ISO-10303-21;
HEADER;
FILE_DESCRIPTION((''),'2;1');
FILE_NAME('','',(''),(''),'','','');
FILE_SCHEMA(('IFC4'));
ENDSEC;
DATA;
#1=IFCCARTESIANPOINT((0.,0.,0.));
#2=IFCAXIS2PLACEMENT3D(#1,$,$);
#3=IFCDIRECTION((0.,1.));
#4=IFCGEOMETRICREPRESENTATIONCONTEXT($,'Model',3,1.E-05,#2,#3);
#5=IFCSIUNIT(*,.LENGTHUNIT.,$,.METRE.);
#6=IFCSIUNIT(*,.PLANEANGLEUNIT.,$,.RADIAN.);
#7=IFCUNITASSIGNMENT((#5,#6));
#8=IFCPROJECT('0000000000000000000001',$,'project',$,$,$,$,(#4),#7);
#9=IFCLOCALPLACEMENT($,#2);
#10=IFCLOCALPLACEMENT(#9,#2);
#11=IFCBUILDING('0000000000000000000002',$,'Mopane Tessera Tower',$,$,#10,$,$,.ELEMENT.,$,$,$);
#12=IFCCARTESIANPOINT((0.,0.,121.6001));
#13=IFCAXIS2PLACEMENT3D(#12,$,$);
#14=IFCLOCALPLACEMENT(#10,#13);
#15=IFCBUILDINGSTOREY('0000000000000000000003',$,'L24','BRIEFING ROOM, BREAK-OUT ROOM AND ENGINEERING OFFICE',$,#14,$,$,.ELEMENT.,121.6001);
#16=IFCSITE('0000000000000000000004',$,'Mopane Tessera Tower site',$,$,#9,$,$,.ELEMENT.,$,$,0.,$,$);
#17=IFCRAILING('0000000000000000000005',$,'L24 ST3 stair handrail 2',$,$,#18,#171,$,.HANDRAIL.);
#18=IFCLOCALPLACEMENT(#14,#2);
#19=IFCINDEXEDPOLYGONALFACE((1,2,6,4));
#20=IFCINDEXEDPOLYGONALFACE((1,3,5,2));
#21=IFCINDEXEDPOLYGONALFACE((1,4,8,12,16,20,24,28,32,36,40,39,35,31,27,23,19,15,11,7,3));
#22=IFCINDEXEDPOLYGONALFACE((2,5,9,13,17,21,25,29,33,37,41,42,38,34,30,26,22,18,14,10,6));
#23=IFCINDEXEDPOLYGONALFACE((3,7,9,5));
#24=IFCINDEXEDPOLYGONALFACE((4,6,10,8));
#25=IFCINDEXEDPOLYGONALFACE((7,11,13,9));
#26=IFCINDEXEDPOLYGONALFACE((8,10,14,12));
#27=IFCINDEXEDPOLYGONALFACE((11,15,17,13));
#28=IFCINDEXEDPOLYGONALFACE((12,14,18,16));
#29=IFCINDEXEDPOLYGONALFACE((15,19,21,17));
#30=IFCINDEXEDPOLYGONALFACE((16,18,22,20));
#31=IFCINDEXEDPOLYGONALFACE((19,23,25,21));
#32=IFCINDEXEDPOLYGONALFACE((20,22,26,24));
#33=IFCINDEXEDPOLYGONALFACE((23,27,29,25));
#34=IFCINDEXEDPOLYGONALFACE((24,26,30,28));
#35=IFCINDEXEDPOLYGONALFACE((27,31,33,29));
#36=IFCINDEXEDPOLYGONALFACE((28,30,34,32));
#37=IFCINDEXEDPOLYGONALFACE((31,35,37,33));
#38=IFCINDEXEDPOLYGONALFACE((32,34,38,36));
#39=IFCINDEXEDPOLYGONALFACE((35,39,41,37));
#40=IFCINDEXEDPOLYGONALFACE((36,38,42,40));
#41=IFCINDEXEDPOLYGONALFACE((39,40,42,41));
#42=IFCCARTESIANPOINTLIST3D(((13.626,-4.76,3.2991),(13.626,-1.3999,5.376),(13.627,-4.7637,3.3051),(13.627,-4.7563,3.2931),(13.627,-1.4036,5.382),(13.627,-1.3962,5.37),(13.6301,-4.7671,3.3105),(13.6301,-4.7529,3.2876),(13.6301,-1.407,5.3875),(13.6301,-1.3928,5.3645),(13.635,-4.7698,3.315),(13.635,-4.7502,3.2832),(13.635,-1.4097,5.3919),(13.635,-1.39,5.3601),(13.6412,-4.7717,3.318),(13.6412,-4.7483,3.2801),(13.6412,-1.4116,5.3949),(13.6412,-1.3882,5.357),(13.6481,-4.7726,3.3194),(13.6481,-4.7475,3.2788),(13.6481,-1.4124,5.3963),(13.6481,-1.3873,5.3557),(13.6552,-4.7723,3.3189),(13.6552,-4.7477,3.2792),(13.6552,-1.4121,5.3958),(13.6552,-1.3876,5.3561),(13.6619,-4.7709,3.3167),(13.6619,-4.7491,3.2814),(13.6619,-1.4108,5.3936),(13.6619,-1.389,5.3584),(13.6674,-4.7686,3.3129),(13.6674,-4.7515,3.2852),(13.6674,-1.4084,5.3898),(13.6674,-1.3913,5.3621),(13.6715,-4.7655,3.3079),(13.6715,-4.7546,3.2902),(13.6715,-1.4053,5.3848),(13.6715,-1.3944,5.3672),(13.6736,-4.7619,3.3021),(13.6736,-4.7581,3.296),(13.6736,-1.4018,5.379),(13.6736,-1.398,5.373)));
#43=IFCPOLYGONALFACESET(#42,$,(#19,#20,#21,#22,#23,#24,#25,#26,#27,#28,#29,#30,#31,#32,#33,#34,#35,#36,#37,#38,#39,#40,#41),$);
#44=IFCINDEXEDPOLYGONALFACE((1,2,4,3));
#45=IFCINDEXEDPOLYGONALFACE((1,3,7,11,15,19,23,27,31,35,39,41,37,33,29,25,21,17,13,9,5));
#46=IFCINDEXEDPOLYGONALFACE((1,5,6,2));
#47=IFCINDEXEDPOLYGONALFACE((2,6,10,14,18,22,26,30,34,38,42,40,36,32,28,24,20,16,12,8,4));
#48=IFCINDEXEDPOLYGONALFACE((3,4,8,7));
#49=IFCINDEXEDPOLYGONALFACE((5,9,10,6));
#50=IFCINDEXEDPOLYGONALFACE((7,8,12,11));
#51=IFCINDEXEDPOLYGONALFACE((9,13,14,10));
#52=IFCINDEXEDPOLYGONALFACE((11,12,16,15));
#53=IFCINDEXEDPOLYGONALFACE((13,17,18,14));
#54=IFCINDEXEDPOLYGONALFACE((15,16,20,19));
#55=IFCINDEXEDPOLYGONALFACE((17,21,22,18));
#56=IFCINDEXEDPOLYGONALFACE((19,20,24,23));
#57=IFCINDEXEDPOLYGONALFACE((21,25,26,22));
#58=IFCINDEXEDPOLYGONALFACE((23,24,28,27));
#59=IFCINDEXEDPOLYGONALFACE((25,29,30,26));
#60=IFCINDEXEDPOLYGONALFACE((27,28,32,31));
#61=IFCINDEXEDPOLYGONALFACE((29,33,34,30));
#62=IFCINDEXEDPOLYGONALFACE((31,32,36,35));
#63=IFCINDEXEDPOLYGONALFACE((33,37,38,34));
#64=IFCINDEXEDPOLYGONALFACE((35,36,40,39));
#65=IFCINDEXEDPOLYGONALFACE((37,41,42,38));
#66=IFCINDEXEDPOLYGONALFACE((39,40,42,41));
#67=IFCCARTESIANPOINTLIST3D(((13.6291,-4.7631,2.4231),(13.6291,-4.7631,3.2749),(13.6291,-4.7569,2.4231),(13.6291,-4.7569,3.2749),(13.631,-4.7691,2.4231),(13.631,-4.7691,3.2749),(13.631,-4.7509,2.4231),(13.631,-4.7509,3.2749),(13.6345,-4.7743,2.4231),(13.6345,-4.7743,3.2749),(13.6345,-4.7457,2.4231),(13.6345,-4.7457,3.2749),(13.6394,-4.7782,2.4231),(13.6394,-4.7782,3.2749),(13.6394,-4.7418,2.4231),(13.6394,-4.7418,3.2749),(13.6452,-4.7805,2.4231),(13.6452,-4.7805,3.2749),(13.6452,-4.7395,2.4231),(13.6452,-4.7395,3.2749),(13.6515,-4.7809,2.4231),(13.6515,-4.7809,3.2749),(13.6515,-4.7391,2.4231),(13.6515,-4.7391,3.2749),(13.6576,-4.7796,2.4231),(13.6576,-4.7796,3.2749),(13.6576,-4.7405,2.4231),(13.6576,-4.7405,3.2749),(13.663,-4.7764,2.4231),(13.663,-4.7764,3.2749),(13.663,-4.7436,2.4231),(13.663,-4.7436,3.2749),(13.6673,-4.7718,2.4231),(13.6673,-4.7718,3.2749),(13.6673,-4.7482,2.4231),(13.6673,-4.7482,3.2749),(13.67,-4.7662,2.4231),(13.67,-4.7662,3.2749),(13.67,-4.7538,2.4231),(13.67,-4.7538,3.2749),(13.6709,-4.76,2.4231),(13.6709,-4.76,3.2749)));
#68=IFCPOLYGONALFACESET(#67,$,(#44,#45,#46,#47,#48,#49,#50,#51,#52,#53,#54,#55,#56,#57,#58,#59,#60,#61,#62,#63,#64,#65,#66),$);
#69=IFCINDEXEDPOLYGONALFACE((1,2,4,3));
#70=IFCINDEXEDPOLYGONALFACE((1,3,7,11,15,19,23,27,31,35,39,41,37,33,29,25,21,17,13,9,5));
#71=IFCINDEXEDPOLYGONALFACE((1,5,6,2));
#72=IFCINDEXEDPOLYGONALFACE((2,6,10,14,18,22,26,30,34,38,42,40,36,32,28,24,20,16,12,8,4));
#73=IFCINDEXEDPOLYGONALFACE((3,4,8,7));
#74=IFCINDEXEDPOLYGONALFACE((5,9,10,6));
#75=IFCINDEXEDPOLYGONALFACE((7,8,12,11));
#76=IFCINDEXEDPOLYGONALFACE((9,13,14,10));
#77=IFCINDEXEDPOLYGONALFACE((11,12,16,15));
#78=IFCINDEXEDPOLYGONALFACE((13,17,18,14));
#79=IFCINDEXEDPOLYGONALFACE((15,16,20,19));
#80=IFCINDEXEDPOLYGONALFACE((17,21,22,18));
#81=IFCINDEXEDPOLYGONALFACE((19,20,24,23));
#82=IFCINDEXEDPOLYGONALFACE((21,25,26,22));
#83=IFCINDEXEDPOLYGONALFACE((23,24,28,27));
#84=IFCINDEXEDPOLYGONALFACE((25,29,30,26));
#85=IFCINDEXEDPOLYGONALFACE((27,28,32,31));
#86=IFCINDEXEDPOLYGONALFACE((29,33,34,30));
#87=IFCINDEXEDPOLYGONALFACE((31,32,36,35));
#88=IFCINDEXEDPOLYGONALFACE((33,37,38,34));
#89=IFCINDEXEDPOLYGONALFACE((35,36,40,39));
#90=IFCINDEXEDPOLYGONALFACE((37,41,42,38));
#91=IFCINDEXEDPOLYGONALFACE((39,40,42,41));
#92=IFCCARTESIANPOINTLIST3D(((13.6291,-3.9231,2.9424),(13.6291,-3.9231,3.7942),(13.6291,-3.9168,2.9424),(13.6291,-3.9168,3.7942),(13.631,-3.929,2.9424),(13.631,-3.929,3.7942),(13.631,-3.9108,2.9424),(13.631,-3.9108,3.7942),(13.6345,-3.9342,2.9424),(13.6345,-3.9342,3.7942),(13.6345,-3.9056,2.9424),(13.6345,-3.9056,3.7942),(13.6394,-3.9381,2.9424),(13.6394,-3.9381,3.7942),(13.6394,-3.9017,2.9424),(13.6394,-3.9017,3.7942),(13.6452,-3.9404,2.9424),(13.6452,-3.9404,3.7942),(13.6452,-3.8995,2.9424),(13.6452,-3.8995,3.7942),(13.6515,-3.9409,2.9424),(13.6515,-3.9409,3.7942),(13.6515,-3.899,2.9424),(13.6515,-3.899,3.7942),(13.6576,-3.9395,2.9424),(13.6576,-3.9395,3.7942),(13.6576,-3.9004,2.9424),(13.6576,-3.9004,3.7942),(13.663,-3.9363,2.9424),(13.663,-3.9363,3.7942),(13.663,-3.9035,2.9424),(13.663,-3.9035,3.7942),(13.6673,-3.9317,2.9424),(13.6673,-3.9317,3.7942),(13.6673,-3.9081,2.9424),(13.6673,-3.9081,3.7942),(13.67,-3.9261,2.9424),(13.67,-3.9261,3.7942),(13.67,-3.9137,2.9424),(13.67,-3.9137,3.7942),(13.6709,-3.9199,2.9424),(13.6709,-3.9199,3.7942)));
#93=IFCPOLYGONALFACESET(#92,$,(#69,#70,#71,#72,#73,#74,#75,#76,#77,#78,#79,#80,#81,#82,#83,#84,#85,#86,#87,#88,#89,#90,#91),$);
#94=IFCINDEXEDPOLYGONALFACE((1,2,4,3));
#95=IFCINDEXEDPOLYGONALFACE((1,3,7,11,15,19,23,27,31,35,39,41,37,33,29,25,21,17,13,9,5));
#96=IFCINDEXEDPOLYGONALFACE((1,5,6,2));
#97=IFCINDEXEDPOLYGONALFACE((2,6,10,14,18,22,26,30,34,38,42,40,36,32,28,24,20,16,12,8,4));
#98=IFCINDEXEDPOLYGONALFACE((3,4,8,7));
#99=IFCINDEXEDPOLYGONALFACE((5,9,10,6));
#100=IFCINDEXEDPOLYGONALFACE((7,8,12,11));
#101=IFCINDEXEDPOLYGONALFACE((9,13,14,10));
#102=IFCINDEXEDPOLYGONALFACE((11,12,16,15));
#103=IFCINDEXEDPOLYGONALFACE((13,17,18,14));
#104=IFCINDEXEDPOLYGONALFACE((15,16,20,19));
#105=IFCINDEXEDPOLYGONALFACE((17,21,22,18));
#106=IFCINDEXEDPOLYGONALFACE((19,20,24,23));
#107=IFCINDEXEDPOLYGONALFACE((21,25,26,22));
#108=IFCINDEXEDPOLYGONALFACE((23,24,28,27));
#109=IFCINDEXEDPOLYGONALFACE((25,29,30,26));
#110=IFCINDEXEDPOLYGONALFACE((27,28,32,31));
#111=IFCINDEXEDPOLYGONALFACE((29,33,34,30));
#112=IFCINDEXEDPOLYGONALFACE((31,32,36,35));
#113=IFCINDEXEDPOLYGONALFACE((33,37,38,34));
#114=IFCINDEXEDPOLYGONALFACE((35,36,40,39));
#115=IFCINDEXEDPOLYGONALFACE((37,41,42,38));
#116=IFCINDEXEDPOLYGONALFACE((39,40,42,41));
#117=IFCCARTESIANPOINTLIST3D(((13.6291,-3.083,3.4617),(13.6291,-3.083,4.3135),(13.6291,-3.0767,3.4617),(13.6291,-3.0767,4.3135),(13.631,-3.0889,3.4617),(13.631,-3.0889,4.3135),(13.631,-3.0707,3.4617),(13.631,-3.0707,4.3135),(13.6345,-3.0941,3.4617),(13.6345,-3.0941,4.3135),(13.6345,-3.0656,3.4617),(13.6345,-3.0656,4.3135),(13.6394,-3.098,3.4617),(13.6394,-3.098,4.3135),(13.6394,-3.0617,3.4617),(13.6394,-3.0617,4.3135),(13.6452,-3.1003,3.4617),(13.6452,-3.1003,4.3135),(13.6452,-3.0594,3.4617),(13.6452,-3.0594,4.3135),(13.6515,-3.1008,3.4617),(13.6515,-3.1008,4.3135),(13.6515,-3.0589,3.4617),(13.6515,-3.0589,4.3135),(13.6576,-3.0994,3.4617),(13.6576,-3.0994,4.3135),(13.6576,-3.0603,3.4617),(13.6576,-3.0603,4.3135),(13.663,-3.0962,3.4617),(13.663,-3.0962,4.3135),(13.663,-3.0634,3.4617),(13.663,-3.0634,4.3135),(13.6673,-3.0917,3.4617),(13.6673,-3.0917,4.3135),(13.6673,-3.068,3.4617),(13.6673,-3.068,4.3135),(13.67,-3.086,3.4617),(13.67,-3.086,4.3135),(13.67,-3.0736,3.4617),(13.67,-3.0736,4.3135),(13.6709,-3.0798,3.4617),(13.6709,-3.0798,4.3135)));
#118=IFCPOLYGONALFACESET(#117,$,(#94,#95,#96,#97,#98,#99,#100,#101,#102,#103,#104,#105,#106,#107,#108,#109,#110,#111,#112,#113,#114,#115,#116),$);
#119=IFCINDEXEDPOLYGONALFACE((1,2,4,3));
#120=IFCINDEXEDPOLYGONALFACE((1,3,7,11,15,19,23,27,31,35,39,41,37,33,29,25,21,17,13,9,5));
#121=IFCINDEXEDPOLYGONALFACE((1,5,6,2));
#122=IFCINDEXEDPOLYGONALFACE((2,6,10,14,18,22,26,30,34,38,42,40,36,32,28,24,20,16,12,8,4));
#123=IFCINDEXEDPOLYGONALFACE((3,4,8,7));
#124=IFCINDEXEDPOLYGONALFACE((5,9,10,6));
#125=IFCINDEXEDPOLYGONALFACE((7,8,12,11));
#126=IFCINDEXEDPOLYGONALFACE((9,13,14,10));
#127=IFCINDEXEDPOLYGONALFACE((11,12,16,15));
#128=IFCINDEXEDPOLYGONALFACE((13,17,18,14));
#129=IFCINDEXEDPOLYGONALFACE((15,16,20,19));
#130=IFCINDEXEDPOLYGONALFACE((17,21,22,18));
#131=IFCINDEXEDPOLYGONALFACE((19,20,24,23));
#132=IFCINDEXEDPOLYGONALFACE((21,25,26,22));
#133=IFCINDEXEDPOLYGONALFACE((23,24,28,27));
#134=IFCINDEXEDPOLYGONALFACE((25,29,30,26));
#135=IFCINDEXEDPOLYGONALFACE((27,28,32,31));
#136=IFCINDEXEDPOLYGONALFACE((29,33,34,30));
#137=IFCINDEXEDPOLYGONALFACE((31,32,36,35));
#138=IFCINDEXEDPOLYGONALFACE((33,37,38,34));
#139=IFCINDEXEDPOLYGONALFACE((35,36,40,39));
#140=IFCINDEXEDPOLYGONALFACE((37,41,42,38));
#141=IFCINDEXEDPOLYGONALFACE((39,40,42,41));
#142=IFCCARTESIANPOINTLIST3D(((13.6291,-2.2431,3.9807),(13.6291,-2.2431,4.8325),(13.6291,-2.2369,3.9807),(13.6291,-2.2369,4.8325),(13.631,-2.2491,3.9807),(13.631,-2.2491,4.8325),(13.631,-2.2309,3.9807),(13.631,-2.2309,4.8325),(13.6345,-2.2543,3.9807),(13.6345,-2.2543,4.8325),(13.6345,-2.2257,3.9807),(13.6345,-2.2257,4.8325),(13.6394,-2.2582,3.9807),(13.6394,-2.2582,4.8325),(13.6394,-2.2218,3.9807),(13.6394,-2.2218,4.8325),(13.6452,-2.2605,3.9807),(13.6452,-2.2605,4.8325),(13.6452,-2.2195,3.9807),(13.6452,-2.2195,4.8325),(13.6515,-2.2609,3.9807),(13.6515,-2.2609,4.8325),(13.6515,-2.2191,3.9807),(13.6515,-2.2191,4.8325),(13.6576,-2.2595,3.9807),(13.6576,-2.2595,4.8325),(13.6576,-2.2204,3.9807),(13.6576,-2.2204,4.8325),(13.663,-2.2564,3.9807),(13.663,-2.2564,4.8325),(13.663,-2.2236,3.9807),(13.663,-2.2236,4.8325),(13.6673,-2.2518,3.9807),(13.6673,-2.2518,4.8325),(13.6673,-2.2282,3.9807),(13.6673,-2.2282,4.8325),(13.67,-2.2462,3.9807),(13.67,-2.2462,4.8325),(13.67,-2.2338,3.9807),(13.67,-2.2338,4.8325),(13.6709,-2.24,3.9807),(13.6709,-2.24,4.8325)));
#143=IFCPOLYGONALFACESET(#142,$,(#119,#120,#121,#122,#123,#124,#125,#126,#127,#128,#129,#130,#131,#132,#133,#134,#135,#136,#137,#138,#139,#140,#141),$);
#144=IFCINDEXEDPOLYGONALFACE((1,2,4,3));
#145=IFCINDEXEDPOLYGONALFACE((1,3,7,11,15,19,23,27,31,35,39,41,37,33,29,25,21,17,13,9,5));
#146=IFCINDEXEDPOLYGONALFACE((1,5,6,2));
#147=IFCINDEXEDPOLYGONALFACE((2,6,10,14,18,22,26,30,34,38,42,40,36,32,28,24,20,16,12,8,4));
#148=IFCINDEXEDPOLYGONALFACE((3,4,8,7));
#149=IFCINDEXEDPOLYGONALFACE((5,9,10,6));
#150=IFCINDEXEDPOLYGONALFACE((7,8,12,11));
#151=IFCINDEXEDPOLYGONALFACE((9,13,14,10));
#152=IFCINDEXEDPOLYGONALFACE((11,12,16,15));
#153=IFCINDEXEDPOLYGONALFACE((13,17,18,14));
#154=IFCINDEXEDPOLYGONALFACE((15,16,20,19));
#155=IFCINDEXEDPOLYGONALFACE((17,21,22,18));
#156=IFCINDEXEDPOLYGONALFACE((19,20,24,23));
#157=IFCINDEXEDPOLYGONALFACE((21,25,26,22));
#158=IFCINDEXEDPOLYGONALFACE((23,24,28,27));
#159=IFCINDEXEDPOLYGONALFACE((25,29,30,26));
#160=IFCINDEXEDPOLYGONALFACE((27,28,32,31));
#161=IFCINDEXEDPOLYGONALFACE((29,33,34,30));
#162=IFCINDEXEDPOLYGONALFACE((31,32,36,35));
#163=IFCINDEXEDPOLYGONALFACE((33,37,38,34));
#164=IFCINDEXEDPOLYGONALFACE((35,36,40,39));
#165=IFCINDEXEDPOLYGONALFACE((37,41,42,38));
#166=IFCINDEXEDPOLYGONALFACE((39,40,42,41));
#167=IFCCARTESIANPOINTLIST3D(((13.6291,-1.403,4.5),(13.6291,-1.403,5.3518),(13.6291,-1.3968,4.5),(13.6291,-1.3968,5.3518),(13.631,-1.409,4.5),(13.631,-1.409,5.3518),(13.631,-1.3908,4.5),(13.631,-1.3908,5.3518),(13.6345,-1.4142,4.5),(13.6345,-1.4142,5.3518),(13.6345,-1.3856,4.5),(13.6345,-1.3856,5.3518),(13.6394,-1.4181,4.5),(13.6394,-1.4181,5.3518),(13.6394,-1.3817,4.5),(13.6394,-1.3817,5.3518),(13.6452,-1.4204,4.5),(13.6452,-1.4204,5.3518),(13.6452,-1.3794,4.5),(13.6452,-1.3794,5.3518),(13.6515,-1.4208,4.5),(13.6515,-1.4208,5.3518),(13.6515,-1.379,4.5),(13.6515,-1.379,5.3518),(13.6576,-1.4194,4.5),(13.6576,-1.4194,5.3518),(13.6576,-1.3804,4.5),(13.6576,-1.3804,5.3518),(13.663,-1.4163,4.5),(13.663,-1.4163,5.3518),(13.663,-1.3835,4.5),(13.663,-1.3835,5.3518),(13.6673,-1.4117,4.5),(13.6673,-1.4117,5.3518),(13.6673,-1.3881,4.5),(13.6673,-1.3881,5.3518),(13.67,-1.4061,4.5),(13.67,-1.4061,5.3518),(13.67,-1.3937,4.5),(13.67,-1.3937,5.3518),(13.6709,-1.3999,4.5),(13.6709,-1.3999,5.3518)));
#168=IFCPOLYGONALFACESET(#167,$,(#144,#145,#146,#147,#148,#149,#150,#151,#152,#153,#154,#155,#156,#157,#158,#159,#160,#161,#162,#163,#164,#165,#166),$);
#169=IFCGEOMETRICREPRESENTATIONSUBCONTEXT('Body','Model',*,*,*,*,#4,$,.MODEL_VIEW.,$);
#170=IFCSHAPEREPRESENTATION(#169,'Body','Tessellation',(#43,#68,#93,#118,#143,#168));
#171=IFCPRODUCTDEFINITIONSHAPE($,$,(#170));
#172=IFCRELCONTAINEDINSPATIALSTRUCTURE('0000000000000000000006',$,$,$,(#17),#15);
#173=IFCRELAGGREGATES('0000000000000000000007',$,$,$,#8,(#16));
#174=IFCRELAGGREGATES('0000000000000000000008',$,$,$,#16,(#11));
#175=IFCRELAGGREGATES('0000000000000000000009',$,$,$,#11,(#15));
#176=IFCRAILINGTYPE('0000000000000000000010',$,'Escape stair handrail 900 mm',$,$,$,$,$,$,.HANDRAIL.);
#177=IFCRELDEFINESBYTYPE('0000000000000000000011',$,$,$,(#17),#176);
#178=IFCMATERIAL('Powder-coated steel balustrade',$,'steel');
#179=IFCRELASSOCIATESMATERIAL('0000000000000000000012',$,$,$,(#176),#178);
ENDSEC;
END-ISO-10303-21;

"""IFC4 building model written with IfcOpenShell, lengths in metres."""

from ifc_helpers import new_model, si_unit, direction, frame, origin, origin_2d, place, context, subcontext, project, spatial, circle, extrude, material, type_object, element, save


model = new_model("IFC4")

# Units and contexts
model_context = context("Model", 3, precision=1e-05, world=origin(), true_north=direction((0.0, 1.0)))
body_context = subcontext(model_context, "Body", "Model", "MODEL_VIEW")
ifc_project = project(units=[si_unit("LENGTHUNIT", "METRE"), si_unit("PLANEANGLEUNIT", "RADIAN")], contexts=[model_context])

# Site, building, storey
site_placement = place(None, origin())
site = spatial("IfcSite", under=ifc_project, at=site_placement, Name="Mopane Tessera Tower site", CompositionType="ELEMENT", RefElevation=0.0)
building_placement = place(site_placement, origin())
building = spatial("IfcBuilding", under=site, at=building_placement, Name="Mopane Tessera Tower", CompositionType="ELEMENT")
storey_placement = place(building_placement, frame((0.0, 0.0, 121.6001)))
storey = spatial("IfcBuildingStorey", under=building, at=storey_placement, Name="L24", Description="BRIEFING ROOM, BREAK-OUT ROOM AND ENGINEERING OFFICE", CompositionType="ELEMENT", Elevation=121.6001)

# Railing
ifc_material_1 = material(Name="Powder-coated steel balustrade", Category="steel")
railing_type_1 = type_object("IfcRailingType", Name="Escape stair handrail 900 mm", PredefinedType="HANDRAIL", material=ifc_material_1)
railing_1_placement = place(storey_placement, frame((13.6499, -4.76, 2.4231)))
element("IfcRailing", 1, at=railing_1_placement, inside=storey, type_object=railing_type_1, Name="L24 ST3 stair handrail 2", PredefinedType="HANDRAIL", context=body_context, shape_type="SweptSolid", body=[
    extrude(circle(Radius=0.0239, at=origin_2d()), frame((0.0, 0.0, 0.876), z_axis=(0.0, 0.850623, 0.525776), x_axis=(-1.0, 0.0, 0.0)), (0.0, 0.0, 1.0), 3.9502),
    extrude(circle(Radius=0.021, at=origin_2d()), origin(), (0.0, 0.0, 1.0), 0.8518),
    extrude(circle(Radius=0.021, at=origin_2d()), frame((0.0, 0.8401, 0.5193)), (0.0, 0.0, 1.0), 0.8518),
    extrude(circle(Radius=0.021, at=origin_2d()), frame((0.0, 1.6802, 1.0386)), (0.0, 0.0, 1.0), 0.8518),
    extrude(circle(Radius=0.021, at=origin_2d()), frame((0.0, 2.52, 1.5576)), (0.0, 0.0, 1.0), 0.8518),
    extrude(circle(Radius=0.021, at=origin_2d()), frame((0.0, 3.3601, 2.0769)), (0.0, 0.0, 1.0), 0.8518),
])

save(model, "model.ifc")
